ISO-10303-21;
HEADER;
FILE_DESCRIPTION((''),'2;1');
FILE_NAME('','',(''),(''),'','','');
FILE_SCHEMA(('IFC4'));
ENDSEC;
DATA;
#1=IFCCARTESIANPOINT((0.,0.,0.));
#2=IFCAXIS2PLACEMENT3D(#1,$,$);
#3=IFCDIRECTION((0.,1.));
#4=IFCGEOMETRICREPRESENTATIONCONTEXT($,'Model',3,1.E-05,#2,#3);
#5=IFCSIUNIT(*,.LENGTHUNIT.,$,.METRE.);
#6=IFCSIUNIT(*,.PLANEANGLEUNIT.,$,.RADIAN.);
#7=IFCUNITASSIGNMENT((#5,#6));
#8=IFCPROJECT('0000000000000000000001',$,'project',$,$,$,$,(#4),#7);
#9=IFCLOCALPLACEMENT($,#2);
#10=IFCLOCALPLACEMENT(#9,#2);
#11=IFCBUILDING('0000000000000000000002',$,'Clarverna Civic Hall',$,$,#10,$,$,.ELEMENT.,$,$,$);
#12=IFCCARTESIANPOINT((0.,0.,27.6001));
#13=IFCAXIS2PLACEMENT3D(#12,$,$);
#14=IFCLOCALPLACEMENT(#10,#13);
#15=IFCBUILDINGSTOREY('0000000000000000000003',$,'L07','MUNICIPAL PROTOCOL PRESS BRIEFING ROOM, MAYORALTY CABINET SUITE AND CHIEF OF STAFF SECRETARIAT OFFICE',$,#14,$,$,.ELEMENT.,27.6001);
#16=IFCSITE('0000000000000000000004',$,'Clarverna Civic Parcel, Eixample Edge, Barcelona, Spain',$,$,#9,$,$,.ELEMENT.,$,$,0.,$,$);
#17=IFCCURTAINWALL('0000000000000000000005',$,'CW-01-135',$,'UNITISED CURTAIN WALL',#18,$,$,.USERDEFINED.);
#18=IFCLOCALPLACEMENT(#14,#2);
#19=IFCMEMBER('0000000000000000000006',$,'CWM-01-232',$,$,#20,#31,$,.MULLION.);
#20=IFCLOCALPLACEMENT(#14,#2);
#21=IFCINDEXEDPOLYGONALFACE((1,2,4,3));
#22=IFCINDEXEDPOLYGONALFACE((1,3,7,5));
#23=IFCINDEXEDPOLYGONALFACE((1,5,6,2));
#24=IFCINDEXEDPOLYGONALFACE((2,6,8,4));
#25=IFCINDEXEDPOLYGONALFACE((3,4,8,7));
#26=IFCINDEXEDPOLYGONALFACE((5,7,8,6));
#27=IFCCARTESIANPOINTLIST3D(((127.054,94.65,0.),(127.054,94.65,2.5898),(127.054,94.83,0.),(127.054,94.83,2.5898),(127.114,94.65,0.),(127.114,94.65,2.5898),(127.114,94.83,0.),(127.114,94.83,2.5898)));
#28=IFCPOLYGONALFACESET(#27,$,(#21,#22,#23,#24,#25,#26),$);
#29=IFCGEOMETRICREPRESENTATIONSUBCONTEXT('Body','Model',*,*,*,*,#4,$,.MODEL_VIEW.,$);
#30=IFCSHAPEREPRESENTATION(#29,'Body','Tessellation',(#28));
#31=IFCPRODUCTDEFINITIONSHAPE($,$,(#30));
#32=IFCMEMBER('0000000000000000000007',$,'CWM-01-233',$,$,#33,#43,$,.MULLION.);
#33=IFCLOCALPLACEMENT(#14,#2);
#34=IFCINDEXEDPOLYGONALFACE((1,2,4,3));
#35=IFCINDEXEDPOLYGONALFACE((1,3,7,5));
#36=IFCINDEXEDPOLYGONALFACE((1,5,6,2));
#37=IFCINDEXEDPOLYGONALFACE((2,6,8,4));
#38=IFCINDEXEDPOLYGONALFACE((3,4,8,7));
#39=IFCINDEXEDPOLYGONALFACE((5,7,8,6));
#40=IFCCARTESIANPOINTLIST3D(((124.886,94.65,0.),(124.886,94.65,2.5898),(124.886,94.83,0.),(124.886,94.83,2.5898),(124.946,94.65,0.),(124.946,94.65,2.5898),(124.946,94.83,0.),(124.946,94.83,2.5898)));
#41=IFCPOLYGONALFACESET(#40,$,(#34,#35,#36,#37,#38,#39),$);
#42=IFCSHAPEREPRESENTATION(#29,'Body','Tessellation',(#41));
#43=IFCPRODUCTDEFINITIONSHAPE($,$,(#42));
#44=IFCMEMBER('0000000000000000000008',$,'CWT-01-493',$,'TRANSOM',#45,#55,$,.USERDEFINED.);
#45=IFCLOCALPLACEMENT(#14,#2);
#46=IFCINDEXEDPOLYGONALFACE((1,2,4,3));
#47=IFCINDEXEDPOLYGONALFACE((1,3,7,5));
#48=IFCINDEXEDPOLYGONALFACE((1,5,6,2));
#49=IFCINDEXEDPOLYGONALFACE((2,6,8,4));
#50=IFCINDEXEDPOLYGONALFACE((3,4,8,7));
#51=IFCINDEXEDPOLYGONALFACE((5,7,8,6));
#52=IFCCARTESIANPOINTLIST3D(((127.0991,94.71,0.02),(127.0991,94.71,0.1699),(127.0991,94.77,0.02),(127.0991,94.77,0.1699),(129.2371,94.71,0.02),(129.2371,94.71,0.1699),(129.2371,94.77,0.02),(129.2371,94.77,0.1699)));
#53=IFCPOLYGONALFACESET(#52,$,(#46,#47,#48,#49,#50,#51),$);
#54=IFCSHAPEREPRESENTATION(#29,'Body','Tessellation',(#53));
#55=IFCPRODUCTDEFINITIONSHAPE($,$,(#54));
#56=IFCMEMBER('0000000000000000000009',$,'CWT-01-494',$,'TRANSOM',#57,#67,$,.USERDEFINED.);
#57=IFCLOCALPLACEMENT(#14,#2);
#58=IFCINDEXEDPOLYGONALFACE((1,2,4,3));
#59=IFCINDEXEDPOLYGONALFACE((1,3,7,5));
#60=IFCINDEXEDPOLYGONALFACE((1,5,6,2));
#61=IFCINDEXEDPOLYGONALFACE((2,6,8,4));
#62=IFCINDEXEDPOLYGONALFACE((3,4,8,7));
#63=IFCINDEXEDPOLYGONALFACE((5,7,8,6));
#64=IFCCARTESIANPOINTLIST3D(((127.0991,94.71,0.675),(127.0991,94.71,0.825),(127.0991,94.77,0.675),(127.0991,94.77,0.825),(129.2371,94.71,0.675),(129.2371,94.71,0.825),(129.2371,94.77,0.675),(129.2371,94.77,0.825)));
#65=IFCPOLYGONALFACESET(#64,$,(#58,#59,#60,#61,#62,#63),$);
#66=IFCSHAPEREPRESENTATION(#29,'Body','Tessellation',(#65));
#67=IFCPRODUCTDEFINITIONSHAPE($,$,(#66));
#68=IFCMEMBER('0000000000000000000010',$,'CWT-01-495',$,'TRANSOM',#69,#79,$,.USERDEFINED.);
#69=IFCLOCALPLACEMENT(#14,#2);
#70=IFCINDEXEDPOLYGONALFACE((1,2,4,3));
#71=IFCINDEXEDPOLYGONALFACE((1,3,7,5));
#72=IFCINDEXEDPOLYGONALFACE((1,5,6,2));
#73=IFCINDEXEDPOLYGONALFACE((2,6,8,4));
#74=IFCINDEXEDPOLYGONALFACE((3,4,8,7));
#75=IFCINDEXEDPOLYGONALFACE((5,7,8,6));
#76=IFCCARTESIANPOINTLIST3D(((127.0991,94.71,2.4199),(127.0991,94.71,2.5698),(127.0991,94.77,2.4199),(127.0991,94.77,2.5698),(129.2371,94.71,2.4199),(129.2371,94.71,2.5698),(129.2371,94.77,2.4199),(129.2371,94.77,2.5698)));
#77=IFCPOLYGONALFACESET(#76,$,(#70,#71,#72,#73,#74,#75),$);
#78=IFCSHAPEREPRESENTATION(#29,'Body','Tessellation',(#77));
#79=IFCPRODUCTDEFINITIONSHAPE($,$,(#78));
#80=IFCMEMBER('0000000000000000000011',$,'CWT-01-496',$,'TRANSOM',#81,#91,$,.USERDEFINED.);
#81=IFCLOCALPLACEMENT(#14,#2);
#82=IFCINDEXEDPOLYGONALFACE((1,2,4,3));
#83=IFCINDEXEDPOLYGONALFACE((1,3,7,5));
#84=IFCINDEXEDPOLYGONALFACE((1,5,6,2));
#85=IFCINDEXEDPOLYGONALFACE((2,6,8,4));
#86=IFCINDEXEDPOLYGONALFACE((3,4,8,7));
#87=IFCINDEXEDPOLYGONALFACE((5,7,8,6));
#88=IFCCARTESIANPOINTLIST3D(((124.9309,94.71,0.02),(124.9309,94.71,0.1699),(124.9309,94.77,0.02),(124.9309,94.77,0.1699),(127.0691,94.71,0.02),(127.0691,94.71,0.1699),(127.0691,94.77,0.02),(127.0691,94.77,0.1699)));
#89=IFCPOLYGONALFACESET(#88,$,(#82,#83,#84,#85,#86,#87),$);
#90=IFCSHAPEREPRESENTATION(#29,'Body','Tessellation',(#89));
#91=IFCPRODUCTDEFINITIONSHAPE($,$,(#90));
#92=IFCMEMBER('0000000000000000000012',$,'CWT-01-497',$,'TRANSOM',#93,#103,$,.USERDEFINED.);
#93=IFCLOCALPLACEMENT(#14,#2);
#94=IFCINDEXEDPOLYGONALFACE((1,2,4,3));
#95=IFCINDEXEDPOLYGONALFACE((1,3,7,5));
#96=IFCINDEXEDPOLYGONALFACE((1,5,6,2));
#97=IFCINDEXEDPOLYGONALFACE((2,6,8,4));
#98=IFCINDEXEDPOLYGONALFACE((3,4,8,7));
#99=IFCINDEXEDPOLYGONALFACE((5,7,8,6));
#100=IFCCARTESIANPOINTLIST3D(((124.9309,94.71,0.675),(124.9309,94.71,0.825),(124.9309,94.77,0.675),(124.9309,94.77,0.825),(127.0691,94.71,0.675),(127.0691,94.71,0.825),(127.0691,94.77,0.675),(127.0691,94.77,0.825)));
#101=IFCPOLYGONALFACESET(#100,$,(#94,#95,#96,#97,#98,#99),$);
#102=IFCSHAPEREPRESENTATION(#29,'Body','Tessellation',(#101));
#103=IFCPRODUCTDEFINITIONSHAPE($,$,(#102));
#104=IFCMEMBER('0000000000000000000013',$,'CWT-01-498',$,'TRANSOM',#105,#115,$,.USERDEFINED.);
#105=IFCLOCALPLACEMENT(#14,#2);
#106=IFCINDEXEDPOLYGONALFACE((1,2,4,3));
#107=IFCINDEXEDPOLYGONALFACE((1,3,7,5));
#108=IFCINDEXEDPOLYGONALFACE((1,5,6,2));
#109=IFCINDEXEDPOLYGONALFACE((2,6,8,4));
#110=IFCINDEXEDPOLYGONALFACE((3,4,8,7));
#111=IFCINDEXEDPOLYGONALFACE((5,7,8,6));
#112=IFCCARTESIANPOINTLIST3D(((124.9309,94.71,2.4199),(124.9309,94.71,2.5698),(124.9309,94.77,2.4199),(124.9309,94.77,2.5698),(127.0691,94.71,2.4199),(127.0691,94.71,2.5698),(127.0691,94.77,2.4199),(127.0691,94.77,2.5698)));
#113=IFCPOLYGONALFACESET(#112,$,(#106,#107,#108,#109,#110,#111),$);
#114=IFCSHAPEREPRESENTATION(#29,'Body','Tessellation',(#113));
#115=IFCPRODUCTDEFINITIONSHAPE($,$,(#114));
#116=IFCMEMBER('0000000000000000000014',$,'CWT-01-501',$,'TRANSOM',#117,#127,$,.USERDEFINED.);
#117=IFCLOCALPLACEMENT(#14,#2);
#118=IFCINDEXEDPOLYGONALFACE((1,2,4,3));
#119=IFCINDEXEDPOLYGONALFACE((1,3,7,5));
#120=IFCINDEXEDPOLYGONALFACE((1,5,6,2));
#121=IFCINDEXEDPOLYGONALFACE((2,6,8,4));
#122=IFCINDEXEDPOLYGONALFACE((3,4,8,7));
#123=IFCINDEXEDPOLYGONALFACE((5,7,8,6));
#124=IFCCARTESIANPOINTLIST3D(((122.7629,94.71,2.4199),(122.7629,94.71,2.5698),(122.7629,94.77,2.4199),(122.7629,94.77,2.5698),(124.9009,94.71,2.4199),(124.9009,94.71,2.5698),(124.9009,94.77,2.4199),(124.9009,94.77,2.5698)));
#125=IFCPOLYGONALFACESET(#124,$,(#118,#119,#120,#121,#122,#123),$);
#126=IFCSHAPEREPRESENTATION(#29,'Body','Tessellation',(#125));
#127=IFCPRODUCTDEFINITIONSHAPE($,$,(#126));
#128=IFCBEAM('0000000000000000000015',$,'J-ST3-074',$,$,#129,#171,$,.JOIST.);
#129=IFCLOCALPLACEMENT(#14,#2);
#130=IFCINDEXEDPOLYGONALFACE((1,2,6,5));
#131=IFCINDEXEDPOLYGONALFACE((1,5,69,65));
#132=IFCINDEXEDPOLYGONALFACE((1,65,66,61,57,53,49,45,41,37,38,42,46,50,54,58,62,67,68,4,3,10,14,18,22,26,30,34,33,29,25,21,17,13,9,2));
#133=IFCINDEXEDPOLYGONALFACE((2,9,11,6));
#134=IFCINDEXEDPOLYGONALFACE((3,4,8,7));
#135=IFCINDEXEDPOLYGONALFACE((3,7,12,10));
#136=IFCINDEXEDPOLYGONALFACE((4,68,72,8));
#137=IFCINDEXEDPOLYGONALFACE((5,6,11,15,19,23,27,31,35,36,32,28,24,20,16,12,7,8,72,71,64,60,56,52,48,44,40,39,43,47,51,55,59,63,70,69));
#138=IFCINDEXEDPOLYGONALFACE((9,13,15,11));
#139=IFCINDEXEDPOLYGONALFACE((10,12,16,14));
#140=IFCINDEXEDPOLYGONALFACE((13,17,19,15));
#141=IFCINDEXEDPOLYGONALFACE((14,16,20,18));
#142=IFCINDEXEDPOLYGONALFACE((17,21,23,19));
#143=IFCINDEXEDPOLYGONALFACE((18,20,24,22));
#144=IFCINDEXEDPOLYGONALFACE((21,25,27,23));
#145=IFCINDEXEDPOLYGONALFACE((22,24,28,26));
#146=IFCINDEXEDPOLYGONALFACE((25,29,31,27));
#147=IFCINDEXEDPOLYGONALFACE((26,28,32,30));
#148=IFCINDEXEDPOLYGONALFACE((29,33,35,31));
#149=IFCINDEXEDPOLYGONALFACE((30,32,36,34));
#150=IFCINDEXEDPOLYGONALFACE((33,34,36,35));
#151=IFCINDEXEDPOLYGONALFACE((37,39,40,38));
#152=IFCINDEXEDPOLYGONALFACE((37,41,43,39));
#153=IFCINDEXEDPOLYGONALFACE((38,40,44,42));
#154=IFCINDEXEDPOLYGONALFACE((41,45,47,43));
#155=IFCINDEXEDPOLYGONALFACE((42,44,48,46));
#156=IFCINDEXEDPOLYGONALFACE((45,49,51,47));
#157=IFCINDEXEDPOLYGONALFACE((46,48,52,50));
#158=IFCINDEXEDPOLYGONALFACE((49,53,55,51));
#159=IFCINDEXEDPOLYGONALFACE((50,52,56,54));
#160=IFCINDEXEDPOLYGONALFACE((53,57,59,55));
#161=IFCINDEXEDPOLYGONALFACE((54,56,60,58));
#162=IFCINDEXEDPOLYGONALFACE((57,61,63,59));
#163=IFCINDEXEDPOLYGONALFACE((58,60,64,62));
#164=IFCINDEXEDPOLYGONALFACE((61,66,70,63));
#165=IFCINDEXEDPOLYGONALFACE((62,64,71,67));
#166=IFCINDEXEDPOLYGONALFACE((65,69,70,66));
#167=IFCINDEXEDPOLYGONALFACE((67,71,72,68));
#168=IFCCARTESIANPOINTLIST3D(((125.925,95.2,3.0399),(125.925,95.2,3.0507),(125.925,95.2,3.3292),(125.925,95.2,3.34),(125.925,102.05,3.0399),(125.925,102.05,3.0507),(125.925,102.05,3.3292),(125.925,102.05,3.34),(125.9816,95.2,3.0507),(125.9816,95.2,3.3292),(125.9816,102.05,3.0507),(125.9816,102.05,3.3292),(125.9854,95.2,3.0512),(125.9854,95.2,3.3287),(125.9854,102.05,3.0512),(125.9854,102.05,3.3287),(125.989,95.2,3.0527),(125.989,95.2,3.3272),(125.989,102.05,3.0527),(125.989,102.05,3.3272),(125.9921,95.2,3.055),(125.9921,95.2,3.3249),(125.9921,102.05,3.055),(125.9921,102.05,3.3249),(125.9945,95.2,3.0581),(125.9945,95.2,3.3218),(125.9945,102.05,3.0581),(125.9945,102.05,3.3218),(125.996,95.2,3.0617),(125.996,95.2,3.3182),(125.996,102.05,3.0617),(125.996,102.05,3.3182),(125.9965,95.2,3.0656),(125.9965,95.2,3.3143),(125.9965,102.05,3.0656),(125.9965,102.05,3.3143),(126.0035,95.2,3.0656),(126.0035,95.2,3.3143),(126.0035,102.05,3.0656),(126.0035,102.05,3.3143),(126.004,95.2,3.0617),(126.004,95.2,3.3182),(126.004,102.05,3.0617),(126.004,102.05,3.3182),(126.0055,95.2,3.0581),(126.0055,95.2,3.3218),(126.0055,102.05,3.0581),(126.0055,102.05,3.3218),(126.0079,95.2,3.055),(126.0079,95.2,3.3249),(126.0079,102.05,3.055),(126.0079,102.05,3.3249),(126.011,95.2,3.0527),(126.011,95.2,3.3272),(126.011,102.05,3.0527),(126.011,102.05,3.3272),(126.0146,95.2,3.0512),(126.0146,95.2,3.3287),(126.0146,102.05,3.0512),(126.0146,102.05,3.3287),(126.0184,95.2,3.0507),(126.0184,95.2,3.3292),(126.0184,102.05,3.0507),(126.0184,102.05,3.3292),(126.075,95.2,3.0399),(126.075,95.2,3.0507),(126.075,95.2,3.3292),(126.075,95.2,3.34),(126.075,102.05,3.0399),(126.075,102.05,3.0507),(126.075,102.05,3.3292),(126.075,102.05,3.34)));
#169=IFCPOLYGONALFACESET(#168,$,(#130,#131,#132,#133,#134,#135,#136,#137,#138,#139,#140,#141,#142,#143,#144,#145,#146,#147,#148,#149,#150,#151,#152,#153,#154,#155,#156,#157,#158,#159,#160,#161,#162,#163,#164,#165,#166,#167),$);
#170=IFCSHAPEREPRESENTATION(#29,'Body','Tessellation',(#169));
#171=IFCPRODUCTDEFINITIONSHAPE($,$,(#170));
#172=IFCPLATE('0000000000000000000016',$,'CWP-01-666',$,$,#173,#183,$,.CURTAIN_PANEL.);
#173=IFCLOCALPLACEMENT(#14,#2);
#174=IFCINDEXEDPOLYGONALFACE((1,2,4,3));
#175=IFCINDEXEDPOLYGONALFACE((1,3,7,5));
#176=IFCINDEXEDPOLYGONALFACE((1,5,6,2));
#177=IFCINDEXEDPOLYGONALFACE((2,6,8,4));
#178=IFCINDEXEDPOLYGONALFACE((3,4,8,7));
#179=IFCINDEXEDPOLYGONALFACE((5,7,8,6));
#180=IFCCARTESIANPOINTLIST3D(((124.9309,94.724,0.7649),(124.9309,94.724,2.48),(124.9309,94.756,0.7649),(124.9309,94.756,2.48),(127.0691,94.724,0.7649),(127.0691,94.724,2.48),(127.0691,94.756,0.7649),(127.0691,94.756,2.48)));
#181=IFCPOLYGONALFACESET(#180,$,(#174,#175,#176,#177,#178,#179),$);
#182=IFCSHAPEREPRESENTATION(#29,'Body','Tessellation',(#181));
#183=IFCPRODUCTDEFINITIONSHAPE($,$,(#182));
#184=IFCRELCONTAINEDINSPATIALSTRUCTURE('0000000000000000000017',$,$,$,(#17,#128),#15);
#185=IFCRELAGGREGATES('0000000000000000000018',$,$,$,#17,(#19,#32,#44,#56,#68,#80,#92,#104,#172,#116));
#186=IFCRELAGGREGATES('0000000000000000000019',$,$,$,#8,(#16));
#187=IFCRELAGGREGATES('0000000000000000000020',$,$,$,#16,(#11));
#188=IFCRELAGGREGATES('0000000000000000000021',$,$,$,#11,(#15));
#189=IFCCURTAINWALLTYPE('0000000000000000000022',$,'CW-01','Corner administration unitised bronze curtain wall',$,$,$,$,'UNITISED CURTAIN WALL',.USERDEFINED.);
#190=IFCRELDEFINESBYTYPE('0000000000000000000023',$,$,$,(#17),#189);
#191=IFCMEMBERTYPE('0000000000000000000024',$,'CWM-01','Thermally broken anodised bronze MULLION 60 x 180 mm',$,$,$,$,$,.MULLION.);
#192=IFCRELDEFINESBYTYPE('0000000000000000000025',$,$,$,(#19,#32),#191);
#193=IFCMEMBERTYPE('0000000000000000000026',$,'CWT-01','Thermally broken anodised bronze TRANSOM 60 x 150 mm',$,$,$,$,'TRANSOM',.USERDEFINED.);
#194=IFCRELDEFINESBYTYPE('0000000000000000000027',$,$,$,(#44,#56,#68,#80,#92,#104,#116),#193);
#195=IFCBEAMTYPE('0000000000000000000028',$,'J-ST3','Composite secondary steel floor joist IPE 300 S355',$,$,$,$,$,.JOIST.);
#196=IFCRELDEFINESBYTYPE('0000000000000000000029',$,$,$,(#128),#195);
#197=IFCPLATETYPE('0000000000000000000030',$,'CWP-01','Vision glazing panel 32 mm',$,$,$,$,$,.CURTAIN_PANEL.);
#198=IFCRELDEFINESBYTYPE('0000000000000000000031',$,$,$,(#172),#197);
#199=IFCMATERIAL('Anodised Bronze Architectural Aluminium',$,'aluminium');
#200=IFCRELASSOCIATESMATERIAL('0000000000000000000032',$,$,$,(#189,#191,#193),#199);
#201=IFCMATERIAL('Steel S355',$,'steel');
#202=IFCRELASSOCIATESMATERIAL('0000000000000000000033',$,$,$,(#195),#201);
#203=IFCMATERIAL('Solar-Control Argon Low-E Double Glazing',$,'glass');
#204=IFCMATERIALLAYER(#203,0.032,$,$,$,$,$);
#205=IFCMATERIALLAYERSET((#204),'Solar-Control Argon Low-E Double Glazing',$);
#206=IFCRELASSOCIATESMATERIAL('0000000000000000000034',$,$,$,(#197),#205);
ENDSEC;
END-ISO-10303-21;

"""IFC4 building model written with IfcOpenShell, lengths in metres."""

from ifc_helpers import new_model, si_unit, direction, frame, frame_2d, origin, origin_2d, place, context, subcontext, project, spatial, rectangle, i_section, extrude, material, layer, layer_set, material_profile, profile_set, type_object, element, aggregate, save


model = new_model("IFC4")

# Units and contexts
model_context = context("Model", 3, precision=1e-05, world=origin(), true_north=direction((0.0, 1.0)))
body_context = subcontext(model_context, "Body", "Model", "MODEL_VIEW")
ifc_project = project(units=[si_unit("LENGTHUNIT", "METRE"), si_unit("PLANEANGLEUNIT", "RADIAN")], contexts=[model_context])

# Site, building, storey
site_placement = place(None, origin())
site = spatial("IfcSite", under=ifc_project, at=site_placement, Name="Clarverna Civic Parcel, Eixample Edge, Barcelona, Spain", CompositionType="ELEMENT", RefElevation=0.0)
building_placement = place(site_placement, origin())
building = spatial("IfcBuilding", under=site, at=building_placement, Name="Clarverna Civic Hall", CompositionType="ELEMENT")
storey_placement = place(building_placement, frame((0.0, 0.0, 27.6001)))
storey = spatial("IfcBuildingStorey", under=building, at=storey_placement, Name="L07", Description="MUNICIPAL PROTOCOL PRESS BRIEFING ROOM, MAYORALTY CABINET SUITE AND CHIEF OF STAFF SECRETARIAT OFFICE", CompositionType="ELEMENT", Elevation=27.6001)

# Curtain wall, members
ifc_material_1 = material(Name="Anodised Bronze Architectural Aluminium", Category="aluminium")
curtain_wall_type = type_object("IfcCurtainWallType", Name="CW-01", Description="Corner administration unitised bronze curtain wall", ElementType="UNITISED CURTAIN WALL", PredefinedType="USERDEFINED", material=ifc_material_1)
curtain_wall_placement = place(storey_placement, origin())
curtain_wall = element("IfcCurtainWall", 1, at=curtain_wall_placement, inside=storey, type_object=curtain_wall_type, Name="CW-01-135", ObjectType="UNITISED CURTAIN WALL", PredefinedType="USERDEFINED")
ifc_material_profile_1 = material_profile(ifc_material_1, rectangle(XDim=0.0601, YDim=0.1799, at=origin_2d()), Name="BRONZE 60x180")
ifc_profile_set_1 = profile_set([ifc_material_profile_1], Name="Anodised Bronze Architectural Aluminium")
member_type_1 = type_object("IfcMemberType", Name="CWM-01", Description="Thermally broken anodised bronze MULLION 60 x 180 mm", PredefinedType="MULLION", material=ifc_profile_set_1)
member_1_placement = place(storey_placement, frame((127.084, 94.74, 0.0), z_axis=(0.0, 0.0, 1.0), x_axis=(1.0, 0.0, 0.0)))
member_1 = element("IfcMember", 2, at=member_1_placement, type_object=member_type_1, Name="CWM-01-232", PredefinedType="MULLION", context=body_context, shape_type="SweptSolid", body=[
    extrude(rectangle(XDim=0.0601, YDim=0.1799, at=origin_2d()), origin(), (0.0, 0.0, 1.0), 2.5898),
])
member_2_placement = place(storey_placement, frame((124.916, 94.74, 0.0), z_axis=(0.0, 0.0, 1.0), x_axis=(1.0, 0.0, 0.0)))
member_2 = element("IfcMember", 3, at=member_2_placement, type_object=member_type_1, Name="CWM-01-233", PredefinedType="MULLION", context=body_context, shape_type="SweptSolid", body=[
    extrude(rectangle(XDim=0.0601, YDim=0.1799, at=origin_2d()), origin(), (0.0, 0.0, 1.0), 2.5898),
])
ifc_material_profile_2 = material_profile(ifc_material_1, rectangle(XDim=0.0601, YDim=0.1499, at=origin_2d()), Name="BRONZE 60x150")
ifc_profile_set_2 = profile_set([ifc_material_profile_2], Name="Anodised Bronze Architectural Aluminium")
member_type_2 = type_object("IfcMemberType", Name="CWT-01", Description="Thermally broken anodised bronze TRANSOM 60 x 150 mm", ElementType="TRANSOM", PredefinedType="USERDEFINED", material=ifc_profile_set_2)
member_3_placement = place(storey_placement, frame((129.2371, 94.74, 0.095), z_axis=(-1.0, 0.0, 0.0), x_axis=(0.0, -1.0, 0.0)))
member_3 = element("IfcMember", 4, at=member_3_placement, type_object=member_type_2, Name="CWT-01-493", ObjectType="TRANSOM", PredefinedType="USERDEFINED", context=body_context, shape_type="SweptSolid", body=[
    extrude(rectangle(XDim=0.0601, YDim=0.1499, at=origin_2d()), origin(), (0.0, 0.0, 1.0), 2.1379),
])
member_4_placement = place(storey_placement, frame((129.2371, 94.74, 0.75), z_axis=(-1.0, 0.0, 0.0), x_axis=(0.0, -1.0, 0.0)))
member_4 = element("IfcMember", 5, at=member_4_placement, type_object=member_type_2, Name="CWT-01-494", ObjectType="TRANSOM", PredefinedType="USERDEFINED", context=body_context, shape_type="SweptSolid", body=[
    extrude(rectangle(XDim=0.0601, YDim=0.1499, at=origin_2d()), origin(), (0.0, 0.0, 1.0), 2.1379),
])
member_5_placement = place(storey_placement, frame((129.2371, 94.74, 2.4949), z_axis=(-1.0, 0.0, 0.0), x_axis=(0.0, -1.0, 0.0)))
member_5 = element("IfcMember", 6, at=member_5_placement, type_object=member_type_2, Name="CWT-01-495", ObjectType="TRANSOM", PredefinedType="USERDEFINED", context=body_context, shape_type="SweptSolid", body=[
    extrude(rectangle(XDim=0.0601, YDim=0.1499, at=origin_2d()), origin(), (0.0, 0.0, 1.0), 2.1379),
])
member_6_placement = place(storey_placement, frame((127.0691, 94.74, 0.095), z_axis=(-1.0, 0.0, 0.0), x_axis=(0.0, -1.0, 0.0)))
member_6 = element("IfcMember", 7, at=member_6_placement, type_object=member_type_2, Name="CWT-01-496", ObjectType="TRANSOM", PredefinedType="USERDEFINED", context=body_context, shape_type="SweptSolid", body=[
    extrude(rectangle(XDim=0.0601, YDim=0.1499, at=origin_2d()), origin(), (0.0, 0.0, 1.0), 2.1382),
])
member_7_placement = place(storey_placement, frame((127.0691, 94.74, 0.75), z_axis=(-1.0, 0.0, 0.0), x_axis=(0.0, -1.0, 0.0)))
member_7 = element("IfcMember", 8, at=member_7_placement, type_object=member_type_2, Name="CWT-01-497", ObjectType="TRANSOM", PredefinedType="USERDEFINED", context=body_context, shape_type="SweptSolid", body=[
    extrude(rectangle(XDim=0.0601, YDim=0.1499, at=origin_2d()), origin(), (0.0, 0.0, 1.0), 2.1382),
])
member_8_placement = place(storey_placement, frame((127.0691, 94.74, 2.4949), z_axis=(-1.0, 0.0, 0.0), x_axis=(0.0, -1.0, 0.0)))
member_8 = element("IfcMember", 9, at=member_8_placement, type_object=member_type_2, Name="CWT-01-498", ObjectType="TRANSOM", PredefinedType="USERDEFINED", context=body_context, shape_type="SweptSolid", body=[
    extrude(rectangle(XDim=0.0601, YDim=0.1499, at=origin_2d()), origin(), (0.0, 0.0, 1.0), 2.1382),
])
member_9_placement = place(storey_placement, frame((124.9009, 94.74, 2.4949), z_axis=(-1.0, 0.0, 0.0), x_axis=(0.0, -1.0, 0.0)))
member_9 = element("IfcMember", 10, at=member_9_placement, type_object=member_type_2, Name="CWT-01-501", ObjectType="TRANSOM", PredefinedType="USERDEFINED", context=body_context, shape_type="SweptSolid", body=[
    extrude(rectangle(XDim=0.0601, YDim=0.1499, at=origin_2d()), origin(), (0.0, 0.0, 1.0), 2.1379),
])

# Beam
ifc_material_2 = material(Name="Steel S355", Category="steel")
ifc_material_profile_3 = material_profile(ifc_material_2, i_section(OverallWidth=0.1499, OverallDepth=0.3, WebThickness=0.0071, FlangeThickness=0.0107, FilletRadius=0.0149, at=origin_2d()), Name="IPE 300")
ifc_profile_set_3 = profile_set([ifc_material_profile_3], Name="Steel S355")
beam_type = type_object("IfcBeamType", Name="J-ST3", Description="Composite secondary steel floor joist IPE 300 S355", PredefinedType="JOIST", material=ifc_profile_set_3)
beam_placement = place(storey_placement, frame((126.0, 95.2, 3.1899), z_axis=(0.0, 1.0, 0.0), x_axis=(-1.0, 0.0, 0.0)))
element("IfcBeam", 11, at=beam_placement, inside=storey, type_object=beam_type, Name="J-ST3-074", PredefinedType="JOIST", context=body_context, shape_type="SweptSolid", body=[
    extrude(i_section(OverallWidth=0.1499, OverallDepth=0.3, WebThickness=0.0071, FlangeThickness=0.0107, FilletRadius=0.0149, at=origin_2d()), origin(), (0.0, 0.0, 1.0), 6.8501),
])

# Plate
ifc_material_3 = material(Name="Solar-Control Argon Low-E Double Glazing", Category="glass")
ifc_layer_1 = layer(ifc_material_3, 0.032)
ifc_layer_set_1 = layer_set([ifc_layer_1], Name="Solar-Control Argon Low-E Double Glazing")
plate_type_1 = type_object("IfcPlateType", Name="CWP-01", Description="Vision glazing panel 32 mm", PredefinedType="CURTAIN_PANEL", material=ifc_layer_set_1)
plate_1_placement = place(storey_placement, frame((127.0691, 94.74, 0.7649), z_axis=(0.0, 0.0, 1.0), x_axis=(-1.0, 0.0, 0.0)))
plate_1 = element("IfcPlate", 12, at=plate_1_placement, type_object=plate_type_1, Name="CWP-01-666", PredefinedType="CURTAIN_PANEL", context=body_context, shape_type="SweptSolid", body=[
    extrude(rectangle(XDim=2.1382, YDim=0.032, at=frame_2d((1.0691, 0.0))), origin(), (0.0, 0.0, 1.0), 1.7151),
])
aggregate(curtain_wall, [member_1, member_2, member_3, member_4, member_5, member_6, member_7, member_8, plate_1, member_9])

save(model, "model.ifc")
